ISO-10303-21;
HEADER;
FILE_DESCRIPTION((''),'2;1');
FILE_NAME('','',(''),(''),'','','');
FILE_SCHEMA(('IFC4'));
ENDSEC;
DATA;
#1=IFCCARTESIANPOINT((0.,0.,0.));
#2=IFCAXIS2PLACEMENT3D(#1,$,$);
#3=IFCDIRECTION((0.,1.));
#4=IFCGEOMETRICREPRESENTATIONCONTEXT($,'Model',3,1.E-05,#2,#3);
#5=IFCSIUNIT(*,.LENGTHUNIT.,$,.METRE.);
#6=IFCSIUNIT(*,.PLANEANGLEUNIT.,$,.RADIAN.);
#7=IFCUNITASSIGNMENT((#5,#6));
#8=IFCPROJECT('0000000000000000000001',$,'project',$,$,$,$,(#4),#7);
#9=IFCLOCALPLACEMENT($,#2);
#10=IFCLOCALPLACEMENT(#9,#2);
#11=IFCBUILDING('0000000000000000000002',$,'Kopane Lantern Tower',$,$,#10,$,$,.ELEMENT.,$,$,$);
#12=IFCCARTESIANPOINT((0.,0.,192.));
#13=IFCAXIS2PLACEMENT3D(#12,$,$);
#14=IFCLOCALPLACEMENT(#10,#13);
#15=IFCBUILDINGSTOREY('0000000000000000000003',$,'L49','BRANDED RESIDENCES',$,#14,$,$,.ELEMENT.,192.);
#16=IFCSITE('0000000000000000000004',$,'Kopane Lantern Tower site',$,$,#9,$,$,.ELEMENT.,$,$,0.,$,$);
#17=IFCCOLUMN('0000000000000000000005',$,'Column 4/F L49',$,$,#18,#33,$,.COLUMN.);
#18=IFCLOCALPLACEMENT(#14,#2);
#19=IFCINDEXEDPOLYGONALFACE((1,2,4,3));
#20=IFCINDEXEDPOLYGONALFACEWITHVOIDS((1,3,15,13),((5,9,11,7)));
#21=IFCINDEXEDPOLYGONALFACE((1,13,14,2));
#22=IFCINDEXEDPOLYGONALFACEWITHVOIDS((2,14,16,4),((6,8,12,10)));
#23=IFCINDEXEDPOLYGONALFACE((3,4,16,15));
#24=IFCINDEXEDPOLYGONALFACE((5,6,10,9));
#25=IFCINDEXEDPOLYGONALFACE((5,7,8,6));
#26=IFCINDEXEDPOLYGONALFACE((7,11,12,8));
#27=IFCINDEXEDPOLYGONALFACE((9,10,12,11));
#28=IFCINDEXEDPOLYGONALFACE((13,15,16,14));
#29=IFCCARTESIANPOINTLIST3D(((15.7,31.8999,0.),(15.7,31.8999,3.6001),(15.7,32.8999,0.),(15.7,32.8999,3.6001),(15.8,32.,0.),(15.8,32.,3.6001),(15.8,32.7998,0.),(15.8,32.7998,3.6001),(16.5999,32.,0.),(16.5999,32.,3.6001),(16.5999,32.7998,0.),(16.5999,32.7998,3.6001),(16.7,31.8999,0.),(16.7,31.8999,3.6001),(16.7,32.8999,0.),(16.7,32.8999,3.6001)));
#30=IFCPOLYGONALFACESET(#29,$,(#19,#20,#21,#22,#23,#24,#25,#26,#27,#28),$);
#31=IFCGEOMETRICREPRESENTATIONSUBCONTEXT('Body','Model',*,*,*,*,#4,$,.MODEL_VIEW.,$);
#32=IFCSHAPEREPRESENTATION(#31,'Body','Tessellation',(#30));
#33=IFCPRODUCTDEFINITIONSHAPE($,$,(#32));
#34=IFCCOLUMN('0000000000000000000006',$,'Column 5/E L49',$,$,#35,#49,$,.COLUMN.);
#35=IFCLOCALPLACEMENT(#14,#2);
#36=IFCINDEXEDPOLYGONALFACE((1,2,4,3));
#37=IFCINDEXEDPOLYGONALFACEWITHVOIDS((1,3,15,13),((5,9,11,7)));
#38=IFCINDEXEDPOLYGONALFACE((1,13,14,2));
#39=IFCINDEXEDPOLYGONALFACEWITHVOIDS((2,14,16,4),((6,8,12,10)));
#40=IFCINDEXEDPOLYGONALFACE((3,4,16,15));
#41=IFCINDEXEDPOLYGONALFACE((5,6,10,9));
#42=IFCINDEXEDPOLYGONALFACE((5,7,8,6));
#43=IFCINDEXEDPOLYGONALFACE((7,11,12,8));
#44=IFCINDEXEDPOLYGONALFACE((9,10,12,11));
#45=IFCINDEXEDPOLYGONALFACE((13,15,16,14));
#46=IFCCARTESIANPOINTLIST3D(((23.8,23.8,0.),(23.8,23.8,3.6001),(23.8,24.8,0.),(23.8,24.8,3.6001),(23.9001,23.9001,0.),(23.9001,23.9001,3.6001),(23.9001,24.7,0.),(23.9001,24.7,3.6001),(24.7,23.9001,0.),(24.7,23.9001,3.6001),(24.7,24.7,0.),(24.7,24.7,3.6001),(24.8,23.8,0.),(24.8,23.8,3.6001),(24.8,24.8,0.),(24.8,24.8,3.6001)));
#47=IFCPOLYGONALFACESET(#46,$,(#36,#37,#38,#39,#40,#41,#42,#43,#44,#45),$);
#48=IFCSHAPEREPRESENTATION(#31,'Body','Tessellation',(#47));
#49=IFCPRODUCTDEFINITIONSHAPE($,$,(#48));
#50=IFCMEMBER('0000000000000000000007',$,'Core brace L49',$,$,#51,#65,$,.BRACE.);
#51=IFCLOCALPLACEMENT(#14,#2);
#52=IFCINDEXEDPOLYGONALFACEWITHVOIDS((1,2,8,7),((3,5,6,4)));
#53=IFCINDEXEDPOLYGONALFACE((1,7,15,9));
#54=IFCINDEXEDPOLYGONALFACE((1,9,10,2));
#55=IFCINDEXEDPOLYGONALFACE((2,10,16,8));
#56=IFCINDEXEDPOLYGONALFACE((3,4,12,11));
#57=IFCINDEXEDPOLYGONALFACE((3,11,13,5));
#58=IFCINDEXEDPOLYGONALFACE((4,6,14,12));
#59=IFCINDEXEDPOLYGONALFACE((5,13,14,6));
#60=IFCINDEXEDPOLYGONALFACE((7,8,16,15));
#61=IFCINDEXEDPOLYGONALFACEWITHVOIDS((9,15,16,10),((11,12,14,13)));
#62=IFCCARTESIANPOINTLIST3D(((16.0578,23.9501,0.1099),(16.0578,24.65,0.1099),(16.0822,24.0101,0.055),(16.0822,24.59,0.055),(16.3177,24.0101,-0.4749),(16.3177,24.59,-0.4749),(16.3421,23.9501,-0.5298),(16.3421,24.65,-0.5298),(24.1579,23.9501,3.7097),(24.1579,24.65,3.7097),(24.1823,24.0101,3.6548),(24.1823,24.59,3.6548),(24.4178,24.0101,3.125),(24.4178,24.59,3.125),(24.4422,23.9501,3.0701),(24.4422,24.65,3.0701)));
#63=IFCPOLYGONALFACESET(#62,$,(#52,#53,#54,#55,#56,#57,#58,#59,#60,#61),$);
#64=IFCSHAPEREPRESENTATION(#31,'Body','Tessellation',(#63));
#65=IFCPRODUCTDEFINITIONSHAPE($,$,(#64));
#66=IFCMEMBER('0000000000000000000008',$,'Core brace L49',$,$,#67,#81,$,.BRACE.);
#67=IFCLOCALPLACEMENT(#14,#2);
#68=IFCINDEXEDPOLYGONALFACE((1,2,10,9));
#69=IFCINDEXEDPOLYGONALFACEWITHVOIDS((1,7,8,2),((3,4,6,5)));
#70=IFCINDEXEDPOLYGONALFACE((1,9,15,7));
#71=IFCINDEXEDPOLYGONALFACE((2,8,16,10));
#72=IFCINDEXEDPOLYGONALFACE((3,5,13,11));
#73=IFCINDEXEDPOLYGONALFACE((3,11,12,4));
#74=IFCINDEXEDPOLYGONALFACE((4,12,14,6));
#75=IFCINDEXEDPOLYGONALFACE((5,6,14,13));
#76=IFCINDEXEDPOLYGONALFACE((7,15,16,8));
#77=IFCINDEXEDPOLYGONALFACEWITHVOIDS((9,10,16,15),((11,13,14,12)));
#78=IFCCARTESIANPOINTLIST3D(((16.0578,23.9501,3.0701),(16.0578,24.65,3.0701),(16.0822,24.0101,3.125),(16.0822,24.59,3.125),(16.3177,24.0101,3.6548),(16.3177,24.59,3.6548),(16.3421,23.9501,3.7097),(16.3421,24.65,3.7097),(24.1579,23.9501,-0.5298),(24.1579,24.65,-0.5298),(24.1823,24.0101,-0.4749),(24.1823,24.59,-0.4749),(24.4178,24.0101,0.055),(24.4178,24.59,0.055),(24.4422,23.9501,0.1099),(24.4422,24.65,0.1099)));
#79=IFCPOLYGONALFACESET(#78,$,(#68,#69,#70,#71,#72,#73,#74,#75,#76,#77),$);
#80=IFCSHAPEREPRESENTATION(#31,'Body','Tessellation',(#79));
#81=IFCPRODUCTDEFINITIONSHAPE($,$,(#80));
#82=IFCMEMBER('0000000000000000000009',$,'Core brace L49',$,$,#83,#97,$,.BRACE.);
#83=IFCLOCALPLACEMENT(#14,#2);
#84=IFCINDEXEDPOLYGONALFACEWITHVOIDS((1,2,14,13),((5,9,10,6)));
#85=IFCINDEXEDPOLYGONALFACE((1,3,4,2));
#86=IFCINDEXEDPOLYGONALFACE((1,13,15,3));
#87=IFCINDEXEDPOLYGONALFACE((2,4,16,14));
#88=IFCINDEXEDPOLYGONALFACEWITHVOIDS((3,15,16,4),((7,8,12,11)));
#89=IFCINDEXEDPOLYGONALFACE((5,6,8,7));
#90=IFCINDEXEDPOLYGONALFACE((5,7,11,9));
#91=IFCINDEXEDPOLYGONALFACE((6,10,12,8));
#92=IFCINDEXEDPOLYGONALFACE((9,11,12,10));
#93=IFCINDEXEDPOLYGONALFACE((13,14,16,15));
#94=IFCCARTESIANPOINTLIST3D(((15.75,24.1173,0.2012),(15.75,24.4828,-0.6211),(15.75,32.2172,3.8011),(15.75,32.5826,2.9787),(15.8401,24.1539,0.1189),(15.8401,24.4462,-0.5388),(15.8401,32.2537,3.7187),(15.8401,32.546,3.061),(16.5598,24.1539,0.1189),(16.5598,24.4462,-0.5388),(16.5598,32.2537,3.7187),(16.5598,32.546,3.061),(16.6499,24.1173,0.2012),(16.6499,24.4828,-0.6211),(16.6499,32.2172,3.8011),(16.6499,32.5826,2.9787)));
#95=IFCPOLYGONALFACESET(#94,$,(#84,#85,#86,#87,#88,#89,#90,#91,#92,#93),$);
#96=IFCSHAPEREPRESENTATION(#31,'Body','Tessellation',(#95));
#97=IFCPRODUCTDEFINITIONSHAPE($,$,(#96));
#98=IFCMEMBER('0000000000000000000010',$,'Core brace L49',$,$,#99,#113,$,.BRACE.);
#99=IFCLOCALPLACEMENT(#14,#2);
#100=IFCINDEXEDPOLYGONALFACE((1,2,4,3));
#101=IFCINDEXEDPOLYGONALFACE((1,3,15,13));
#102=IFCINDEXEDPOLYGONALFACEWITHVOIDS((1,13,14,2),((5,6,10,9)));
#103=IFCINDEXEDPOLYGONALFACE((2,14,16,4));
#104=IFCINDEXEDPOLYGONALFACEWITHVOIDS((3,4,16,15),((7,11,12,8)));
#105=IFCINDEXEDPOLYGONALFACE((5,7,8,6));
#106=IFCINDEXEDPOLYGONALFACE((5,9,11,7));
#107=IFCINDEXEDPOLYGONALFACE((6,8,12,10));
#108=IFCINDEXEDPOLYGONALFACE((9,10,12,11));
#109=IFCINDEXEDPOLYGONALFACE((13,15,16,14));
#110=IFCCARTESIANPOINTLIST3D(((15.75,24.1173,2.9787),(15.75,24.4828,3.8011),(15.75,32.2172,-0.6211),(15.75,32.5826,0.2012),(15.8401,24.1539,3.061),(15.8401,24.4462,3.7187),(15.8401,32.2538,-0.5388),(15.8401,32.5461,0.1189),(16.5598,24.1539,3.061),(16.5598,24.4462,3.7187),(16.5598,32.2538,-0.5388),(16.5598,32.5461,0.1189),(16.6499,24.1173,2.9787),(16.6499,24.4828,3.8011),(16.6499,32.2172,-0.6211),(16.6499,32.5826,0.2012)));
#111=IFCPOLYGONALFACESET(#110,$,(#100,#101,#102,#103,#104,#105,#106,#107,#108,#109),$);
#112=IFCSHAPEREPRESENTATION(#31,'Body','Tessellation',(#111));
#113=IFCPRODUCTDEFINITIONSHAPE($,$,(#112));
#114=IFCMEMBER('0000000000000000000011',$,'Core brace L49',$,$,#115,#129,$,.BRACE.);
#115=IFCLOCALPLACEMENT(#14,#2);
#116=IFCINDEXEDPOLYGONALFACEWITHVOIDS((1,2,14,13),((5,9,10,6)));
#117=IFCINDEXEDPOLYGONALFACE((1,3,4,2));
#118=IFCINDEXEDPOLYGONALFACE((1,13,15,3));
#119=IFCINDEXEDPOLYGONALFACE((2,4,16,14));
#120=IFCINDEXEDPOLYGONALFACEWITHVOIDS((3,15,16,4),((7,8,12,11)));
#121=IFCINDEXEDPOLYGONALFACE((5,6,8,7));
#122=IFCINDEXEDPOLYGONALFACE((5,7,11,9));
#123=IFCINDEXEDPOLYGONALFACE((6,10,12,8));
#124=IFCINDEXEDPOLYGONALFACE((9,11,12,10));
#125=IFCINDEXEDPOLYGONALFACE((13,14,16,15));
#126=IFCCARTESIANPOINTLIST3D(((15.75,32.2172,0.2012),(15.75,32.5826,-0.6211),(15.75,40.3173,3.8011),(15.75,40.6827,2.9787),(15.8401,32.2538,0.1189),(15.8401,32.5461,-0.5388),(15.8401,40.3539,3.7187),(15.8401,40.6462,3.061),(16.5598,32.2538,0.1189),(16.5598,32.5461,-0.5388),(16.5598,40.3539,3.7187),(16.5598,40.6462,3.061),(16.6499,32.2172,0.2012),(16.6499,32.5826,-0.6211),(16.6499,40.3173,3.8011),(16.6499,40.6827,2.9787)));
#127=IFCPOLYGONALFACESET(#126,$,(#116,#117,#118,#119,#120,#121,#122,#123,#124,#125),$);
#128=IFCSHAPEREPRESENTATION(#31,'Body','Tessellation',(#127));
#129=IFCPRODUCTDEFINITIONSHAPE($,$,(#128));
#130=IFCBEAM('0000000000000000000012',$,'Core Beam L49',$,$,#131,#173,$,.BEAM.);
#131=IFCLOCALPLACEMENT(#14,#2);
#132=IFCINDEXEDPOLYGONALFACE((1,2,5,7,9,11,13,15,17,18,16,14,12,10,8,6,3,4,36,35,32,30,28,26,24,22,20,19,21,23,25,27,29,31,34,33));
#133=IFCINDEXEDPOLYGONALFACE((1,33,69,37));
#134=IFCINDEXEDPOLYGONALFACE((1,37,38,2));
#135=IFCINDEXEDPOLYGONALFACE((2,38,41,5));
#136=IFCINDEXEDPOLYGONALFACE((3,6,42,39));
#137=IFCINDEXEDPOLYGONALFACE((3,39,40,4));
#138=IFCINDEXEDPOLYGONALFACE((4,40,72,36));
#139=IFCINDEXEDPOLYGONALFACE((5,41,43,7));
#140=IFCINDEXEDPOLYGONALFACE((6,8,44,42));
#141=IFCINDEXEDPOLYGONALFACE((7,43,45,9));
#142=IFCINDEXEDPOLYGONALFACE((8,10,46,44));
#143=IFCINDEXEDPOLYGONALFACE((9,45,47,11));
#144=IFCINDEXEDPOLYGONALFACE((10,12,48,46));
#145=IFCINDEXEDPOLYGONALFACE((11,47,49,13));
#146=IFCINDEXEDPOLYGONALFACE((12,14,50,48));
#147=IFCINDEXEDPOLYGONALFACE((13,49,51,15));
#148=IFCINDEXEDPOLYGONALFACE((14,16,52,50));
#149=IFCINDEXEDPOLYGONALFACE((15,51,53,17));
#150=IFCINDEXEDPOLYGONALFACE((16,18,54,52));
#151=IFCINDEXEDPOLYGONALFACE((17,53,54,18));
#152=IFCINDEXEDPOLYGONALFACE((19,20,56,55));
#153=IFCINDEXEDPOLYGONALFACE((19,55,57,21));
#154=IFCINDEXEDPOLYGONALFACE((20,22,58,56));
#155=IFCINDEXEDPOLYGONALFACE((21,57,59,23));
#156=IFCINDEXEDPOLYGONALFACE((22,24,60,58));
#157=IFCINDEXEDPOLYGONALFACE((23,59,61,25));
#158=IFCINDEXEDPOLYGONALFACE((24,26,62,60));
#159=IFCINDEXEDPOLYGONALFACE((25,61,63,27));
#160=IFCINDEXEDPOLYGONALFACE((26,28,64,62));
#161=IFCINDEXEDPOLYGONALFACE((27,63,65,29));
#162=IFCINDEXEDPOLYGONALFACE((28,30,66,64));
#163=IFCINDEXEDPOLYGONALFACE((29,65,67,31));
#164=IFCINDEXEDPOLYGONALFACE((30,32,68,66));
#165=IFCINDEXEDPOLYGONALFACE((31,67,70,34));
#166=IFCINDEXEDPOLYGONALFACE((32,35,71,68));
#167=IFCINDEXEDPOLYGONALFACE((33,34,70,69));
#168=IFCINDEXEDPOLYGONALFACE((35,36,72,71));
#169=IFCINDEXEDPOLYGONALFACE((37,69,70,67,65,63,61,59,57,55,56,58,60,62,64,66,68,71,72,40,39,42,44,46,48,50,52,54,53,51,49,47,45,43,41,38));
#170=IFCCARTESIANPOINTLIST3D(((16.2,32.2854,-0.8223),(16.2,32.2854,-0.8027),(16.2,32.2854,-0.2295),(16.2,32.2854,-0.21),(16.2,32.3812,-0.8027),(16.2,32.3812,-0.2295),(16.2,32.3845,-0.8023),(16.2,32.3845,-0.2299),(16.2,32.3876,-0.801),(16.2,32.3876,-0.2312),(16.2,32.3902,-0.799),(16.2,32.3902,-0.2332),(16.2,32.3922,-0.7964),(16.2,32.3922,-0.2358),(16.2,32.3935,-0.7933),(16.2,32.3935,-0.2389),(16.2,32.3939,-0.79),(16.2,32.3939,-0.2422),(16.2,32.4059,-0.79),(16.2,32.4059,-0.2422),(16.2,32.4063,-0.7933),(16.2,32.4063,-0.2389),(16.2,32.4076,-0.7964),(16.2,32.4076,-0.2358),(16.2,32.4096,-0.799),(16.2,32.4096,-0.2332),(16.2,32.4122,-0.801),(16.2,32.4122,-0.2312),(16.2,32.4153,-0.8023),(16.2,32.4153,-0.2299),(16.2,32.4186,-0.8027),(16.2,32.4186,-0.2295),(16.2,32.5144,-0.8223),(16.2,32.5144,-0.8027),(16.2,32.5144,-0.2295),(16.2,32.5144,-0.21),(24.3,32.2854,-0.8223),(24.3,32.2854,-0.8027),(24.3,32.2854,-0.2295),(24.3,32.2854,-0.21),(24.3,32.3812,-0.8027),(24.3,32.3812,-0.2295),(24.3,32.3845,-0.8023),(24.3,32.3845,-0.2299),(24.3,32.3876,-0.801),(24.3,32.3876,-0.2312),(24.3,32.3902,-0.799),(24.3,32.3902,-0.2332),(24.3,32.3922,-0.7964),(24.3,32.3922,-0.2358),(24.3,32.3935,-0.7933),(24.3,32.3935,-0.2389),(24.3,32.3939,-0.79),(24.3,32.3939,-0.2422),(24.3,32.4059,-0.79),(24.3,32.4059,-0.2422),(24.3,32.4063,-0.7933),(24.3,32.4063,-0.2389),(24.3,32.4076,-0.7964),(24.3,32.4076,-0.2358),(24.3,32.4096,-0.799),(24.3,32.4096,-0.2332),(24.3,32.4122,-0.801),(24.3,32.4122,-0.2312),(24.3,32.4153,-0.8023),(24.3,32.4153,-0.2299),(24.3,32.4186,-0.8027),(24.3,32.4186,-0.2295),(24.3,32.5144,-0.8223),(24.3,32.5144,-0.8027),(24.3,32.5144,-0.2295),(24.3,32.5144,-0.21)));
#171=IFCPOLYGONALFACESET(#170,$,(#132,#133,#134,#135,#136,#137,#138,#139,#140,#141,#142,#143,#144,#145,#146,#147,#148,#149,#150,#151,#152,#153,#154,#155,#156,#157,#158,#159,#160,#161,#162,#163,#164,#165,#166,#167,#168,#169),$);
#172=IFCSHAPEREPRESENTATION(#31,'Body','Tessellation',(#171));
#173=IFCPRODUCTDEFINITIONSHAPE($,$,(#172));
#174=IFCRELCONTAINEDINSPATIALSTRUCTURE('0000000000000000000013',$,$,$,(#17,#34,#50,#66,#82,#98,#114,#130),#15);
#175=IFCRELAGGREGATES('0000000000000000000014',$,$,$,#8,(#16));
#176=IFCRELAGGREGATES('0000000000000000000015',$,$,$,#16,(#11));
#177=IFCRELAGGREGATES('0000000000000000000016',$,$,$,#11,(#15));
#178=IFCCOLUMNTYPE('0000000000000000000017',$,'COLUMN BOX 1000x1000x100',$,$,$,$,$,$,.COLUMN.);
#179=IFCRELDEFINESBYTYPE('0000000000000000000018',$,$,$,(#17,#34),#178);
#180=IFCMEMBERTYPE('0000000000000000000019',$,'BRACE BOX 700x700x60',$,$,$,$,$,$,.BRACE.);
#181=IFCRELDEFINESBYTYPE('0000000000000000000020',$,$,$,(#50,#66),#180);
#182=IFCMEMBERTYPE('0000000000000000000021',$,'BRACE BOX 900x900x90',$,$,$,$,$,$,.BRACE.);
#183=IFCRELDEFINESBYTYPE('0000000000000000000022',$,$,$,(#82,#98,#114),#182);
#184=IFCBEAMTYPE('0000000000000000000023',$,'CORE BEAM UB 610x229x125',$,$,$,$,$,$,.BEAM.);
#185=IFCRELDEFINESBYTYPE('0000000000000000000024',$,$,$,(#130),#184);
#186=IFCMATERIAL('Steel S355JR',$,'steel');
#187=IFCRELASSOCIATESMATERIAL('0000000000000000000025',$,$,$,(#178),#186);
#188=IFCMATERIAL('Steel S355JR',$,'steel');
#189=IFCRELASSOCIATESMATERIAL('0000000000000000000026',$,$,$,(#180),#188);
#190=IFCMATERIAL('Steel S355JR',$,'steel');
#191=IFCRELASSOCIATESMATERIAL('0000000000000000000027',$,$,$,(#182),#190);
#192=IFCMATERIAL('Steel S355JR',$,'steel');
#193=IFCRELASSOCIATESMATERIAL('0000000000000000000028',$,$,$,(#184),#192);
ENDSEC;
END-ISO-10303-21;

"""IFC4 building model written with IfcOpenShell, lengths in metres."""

from ifc_helpers import new_model, si_unit, direction, frame, origin, origin_2d, place, context, subcontext, project, spatial, hollow_rectangle, i_section, extrude, material, material_profile, profile_set, type_object, element, save


model = new_model("IFC4")

# Units and contexts
model_context = context("Model", 3, precision=1e-05, world=origin(), true_north=direction((0.0, 1.0)))
body_context = subcontext(model_context, "Body", "Model", "MODEL_VIEW")
ifc_project = project(units=[si_unit("LENGTHUNIT", "METRE"), si_unit("PLANEANGLEUNIT", "RADIAN")], contexts=[model_context])

# Site, building, storey
site_placement = place(None, origin())
site = spatial("IfcSite", under=ifc_project, at=site_placement, Name="Kopane Lantern Tower site", CompositionType="ELEMENT", RefElevation=0.0)
building_placement = place(site_placement, origin())
building = spatial("IfcBuilding", under=site, at=building_placement, Name="Kopane Lantern Tower", CompositionType="ELEMENT")
storey_placement = place(building_placement, frame((0.0, 0.0, 192.0)))
storey = spatial("IfcBuildingStorey", under=building, at=storey_placement, Name="L49", Description="BRANDED RESIDENCES", CompositionType="ELEMENT", Elevation=192.0)

# Columns
ifc_material_1 = material(Name="Steel S355JR", Category="steel")
ifc_material_profile_1 = material_profile(ifc_material_1, hollow_rectangle(XDim=1.0, YDim=1.0, WallThickness=0.1001, at=origin_2d()), Name="BOX 1000x1000x100")
ifc_profile_set_1 = profile_set([ifc_material_profile_1], Name="Steel S355JR")
column_type = type_object("IfcColumnType", Name="COLUMN BOX 1000x1000x100", PredefinedType="COLUMN", material=ifc_profile_set_1)
for number, where, z_axis, x_axis, name in (
    (1, (16.2, 32.3999, 0.0), (0.0, 0.0, 1.0), (1.0, 0.0, 0.0), "Column 4/F L49"),
    (2, (24.3, 24.3, 0.0), (0.0, 0.0, 1.0), (1.0, 0.0, 0.0), "Column 5/E L49"),
):
    element("IfcColumn", number, at=place(storey_placement, frame(where, z_axis=z_axis, x_axis=x_axis)), inside=storey, type_object=column_type, Name=name, PredefinedType="COLUMN", context=body_context, shape_type="SweptSolid", body=[
        extrude(hollow_rectangle(XDim=1.0, YDim=1.0, WallThickness=0.1001, at=origin_2d()), origin(), (0.0, 0.0, 1.0), 3.6001),
    ])

# Members
ifc_material_2 = material(Name="Steel S355JR", Category="steel")
ifc_material_profile_2 = material_profile(ifc_material_2, hollow_rectangle(XDim=0.7, YDim=0.7, WallThickness=0.0601, at=origin_2d()), Name="BOX 700x700x60")
ifc_profile_set_2 = profile_set([ifc_material_profile_2], Name="Steel S355JR")
member_type_1 = type_object("IfcMemberType", Name="BRACE BOX 700x700x60", PredefinedType="BRACE", material=ifc_profile_set_2)
for number, where, z_axis, x_axis, name in (
    (3, (16.2, 24.3, -0.21), (0.913819, 0.0, 0.406121), (0.0, 1.0, 0.0), "Core brace L49"),
    (4, (24.3, 24.3, -0.21), (-0.913819, 0.0, 0.406121), (0.0, -1.0, 0.0), "Core brace L49"),
):
    element("IfcMember", number, at=place(storey_placement, frame(where, z_axis=z_axis, x_axis=x_axis)), inside=storey, type_object=member_type_1, Name=name, PredefinedType="BRACE", context=body_context, shape_type="SweptSolid", body=[
        extrude(hollow_rectangle(XDim=0.7, YDim=0.7, WallThickness=0.0601, at=origin_2d()), origin(), (0.0, 0.0, 1.0), 8.864),
    ])
ifc_material_3 = material(Name="Steel S355JR", Category="steel")
ifc_material_profile_3 = material_profile(ifc_material_3, hollow_rectangle(XDim=0.8999, YDim=0.8999, WallThickness=0.0901, at=origin_2d()), Name="BOX 900x900x90")
ifc_profile_set_3 = profile_set([ifc_material_profile_3], Name="Steel S355JR")
member_type_2 = type_object("IfcMemberType", Name="BRACE BOX 900x900x90", PredefinedType="BRACE", material=ifc_profile_set_3)
for number, where, z_axis, x_axis, name in (
    (5, (16.2, 24.3, -0.21), (0.0, 0.913815, 0.406131), (-1.0, 0.0, 0.0), "Core brace L49"),
    (6, (16.2, 32.3999, -0.21), (0.0, -0.913815, 0.406131), (1.0, 0.0, 0.0), "Core brace L49"),
):
    element("IfcMember", number, at=place(storey_placement, frame(where, z_axis=z_axis, x_axis=x_axis)), inside=storey, type_object=member_type_2, Name=name, PredefinedType="BRACE", context=body_context, shape_type="SweptSolid", body=[
        extrude(hollow_rectangle(XDim=0.8999, YDim=0.8999, WallThickness=0.0901, at=origin_2d()), origin(), (0.0, 0.0, 1.0), 8.8638),
    ])
member_placement = place(storey_placement, frame((16.2, 32.3999, -0.21), z_axis=(0.0, 0.913819, 0.406121), x_axis=(-1.0, 0.0, 0.0)))
element("IfcMember", 7, at=member_placement, inside=storey, type_object=member_type_2, Name="Core brace L49", PredefinedType="BRACE", context=body_context, shape_type="SweptSolid", body=[
    extrude(hollow_rectangle(XDim=0.8999, YDim=0.8999, WallThickness=0.0901, at=origin_2d()), origin(), (0.0, 0.0, 1.0), 8.864),
])

# Beam
ifc_material_4 = material(Name="Steel S355JR", Category="steel")
ifc_material_profile_4 = material_profile(ifc_material_4, i_section(OverallWidth=0.229, OverallDepth=0.6123, WebThickness=0.012, FlangeThickness=0.0195, FilletRadius=0.0127, at=origin_2d()), Name="UB 610x229x125")
ifc_profile_set_4 = profile_set([ifc_material_profile_4], Name="Steel S355JR")
beam_type_1 = type_object("IfcBeamType", Name="CORE BEAM UB 610x229x125", PredefinedType="BEAM", material=ifc_profile_set_4)
beam_1_placement = place(storey_placement, frame((16.2, 32.3999, -0.5161), z_axis=(1.0, 0.0, 0.0), x_axis=(0.0, 1.0, 0.0)))
element("IfcBeam", 8, at=beam_1_placement, inside=storey, type_object=beam_type_1, Name="Core Beam L49", PredefinedType="BEAM", context=body_context, shape_type="SweptSolid", body=[
    extrude(i_section(OverallWidth=0.229, OverallDepth=0.6123, WebThickness=0.012, FlangeThickness=0.0195, FilletRadius=0.0127, at=origin_2d()), origin(), (0.0, 0.0, 1.0), 8.1001),
])

save(model, "model.ifc")
